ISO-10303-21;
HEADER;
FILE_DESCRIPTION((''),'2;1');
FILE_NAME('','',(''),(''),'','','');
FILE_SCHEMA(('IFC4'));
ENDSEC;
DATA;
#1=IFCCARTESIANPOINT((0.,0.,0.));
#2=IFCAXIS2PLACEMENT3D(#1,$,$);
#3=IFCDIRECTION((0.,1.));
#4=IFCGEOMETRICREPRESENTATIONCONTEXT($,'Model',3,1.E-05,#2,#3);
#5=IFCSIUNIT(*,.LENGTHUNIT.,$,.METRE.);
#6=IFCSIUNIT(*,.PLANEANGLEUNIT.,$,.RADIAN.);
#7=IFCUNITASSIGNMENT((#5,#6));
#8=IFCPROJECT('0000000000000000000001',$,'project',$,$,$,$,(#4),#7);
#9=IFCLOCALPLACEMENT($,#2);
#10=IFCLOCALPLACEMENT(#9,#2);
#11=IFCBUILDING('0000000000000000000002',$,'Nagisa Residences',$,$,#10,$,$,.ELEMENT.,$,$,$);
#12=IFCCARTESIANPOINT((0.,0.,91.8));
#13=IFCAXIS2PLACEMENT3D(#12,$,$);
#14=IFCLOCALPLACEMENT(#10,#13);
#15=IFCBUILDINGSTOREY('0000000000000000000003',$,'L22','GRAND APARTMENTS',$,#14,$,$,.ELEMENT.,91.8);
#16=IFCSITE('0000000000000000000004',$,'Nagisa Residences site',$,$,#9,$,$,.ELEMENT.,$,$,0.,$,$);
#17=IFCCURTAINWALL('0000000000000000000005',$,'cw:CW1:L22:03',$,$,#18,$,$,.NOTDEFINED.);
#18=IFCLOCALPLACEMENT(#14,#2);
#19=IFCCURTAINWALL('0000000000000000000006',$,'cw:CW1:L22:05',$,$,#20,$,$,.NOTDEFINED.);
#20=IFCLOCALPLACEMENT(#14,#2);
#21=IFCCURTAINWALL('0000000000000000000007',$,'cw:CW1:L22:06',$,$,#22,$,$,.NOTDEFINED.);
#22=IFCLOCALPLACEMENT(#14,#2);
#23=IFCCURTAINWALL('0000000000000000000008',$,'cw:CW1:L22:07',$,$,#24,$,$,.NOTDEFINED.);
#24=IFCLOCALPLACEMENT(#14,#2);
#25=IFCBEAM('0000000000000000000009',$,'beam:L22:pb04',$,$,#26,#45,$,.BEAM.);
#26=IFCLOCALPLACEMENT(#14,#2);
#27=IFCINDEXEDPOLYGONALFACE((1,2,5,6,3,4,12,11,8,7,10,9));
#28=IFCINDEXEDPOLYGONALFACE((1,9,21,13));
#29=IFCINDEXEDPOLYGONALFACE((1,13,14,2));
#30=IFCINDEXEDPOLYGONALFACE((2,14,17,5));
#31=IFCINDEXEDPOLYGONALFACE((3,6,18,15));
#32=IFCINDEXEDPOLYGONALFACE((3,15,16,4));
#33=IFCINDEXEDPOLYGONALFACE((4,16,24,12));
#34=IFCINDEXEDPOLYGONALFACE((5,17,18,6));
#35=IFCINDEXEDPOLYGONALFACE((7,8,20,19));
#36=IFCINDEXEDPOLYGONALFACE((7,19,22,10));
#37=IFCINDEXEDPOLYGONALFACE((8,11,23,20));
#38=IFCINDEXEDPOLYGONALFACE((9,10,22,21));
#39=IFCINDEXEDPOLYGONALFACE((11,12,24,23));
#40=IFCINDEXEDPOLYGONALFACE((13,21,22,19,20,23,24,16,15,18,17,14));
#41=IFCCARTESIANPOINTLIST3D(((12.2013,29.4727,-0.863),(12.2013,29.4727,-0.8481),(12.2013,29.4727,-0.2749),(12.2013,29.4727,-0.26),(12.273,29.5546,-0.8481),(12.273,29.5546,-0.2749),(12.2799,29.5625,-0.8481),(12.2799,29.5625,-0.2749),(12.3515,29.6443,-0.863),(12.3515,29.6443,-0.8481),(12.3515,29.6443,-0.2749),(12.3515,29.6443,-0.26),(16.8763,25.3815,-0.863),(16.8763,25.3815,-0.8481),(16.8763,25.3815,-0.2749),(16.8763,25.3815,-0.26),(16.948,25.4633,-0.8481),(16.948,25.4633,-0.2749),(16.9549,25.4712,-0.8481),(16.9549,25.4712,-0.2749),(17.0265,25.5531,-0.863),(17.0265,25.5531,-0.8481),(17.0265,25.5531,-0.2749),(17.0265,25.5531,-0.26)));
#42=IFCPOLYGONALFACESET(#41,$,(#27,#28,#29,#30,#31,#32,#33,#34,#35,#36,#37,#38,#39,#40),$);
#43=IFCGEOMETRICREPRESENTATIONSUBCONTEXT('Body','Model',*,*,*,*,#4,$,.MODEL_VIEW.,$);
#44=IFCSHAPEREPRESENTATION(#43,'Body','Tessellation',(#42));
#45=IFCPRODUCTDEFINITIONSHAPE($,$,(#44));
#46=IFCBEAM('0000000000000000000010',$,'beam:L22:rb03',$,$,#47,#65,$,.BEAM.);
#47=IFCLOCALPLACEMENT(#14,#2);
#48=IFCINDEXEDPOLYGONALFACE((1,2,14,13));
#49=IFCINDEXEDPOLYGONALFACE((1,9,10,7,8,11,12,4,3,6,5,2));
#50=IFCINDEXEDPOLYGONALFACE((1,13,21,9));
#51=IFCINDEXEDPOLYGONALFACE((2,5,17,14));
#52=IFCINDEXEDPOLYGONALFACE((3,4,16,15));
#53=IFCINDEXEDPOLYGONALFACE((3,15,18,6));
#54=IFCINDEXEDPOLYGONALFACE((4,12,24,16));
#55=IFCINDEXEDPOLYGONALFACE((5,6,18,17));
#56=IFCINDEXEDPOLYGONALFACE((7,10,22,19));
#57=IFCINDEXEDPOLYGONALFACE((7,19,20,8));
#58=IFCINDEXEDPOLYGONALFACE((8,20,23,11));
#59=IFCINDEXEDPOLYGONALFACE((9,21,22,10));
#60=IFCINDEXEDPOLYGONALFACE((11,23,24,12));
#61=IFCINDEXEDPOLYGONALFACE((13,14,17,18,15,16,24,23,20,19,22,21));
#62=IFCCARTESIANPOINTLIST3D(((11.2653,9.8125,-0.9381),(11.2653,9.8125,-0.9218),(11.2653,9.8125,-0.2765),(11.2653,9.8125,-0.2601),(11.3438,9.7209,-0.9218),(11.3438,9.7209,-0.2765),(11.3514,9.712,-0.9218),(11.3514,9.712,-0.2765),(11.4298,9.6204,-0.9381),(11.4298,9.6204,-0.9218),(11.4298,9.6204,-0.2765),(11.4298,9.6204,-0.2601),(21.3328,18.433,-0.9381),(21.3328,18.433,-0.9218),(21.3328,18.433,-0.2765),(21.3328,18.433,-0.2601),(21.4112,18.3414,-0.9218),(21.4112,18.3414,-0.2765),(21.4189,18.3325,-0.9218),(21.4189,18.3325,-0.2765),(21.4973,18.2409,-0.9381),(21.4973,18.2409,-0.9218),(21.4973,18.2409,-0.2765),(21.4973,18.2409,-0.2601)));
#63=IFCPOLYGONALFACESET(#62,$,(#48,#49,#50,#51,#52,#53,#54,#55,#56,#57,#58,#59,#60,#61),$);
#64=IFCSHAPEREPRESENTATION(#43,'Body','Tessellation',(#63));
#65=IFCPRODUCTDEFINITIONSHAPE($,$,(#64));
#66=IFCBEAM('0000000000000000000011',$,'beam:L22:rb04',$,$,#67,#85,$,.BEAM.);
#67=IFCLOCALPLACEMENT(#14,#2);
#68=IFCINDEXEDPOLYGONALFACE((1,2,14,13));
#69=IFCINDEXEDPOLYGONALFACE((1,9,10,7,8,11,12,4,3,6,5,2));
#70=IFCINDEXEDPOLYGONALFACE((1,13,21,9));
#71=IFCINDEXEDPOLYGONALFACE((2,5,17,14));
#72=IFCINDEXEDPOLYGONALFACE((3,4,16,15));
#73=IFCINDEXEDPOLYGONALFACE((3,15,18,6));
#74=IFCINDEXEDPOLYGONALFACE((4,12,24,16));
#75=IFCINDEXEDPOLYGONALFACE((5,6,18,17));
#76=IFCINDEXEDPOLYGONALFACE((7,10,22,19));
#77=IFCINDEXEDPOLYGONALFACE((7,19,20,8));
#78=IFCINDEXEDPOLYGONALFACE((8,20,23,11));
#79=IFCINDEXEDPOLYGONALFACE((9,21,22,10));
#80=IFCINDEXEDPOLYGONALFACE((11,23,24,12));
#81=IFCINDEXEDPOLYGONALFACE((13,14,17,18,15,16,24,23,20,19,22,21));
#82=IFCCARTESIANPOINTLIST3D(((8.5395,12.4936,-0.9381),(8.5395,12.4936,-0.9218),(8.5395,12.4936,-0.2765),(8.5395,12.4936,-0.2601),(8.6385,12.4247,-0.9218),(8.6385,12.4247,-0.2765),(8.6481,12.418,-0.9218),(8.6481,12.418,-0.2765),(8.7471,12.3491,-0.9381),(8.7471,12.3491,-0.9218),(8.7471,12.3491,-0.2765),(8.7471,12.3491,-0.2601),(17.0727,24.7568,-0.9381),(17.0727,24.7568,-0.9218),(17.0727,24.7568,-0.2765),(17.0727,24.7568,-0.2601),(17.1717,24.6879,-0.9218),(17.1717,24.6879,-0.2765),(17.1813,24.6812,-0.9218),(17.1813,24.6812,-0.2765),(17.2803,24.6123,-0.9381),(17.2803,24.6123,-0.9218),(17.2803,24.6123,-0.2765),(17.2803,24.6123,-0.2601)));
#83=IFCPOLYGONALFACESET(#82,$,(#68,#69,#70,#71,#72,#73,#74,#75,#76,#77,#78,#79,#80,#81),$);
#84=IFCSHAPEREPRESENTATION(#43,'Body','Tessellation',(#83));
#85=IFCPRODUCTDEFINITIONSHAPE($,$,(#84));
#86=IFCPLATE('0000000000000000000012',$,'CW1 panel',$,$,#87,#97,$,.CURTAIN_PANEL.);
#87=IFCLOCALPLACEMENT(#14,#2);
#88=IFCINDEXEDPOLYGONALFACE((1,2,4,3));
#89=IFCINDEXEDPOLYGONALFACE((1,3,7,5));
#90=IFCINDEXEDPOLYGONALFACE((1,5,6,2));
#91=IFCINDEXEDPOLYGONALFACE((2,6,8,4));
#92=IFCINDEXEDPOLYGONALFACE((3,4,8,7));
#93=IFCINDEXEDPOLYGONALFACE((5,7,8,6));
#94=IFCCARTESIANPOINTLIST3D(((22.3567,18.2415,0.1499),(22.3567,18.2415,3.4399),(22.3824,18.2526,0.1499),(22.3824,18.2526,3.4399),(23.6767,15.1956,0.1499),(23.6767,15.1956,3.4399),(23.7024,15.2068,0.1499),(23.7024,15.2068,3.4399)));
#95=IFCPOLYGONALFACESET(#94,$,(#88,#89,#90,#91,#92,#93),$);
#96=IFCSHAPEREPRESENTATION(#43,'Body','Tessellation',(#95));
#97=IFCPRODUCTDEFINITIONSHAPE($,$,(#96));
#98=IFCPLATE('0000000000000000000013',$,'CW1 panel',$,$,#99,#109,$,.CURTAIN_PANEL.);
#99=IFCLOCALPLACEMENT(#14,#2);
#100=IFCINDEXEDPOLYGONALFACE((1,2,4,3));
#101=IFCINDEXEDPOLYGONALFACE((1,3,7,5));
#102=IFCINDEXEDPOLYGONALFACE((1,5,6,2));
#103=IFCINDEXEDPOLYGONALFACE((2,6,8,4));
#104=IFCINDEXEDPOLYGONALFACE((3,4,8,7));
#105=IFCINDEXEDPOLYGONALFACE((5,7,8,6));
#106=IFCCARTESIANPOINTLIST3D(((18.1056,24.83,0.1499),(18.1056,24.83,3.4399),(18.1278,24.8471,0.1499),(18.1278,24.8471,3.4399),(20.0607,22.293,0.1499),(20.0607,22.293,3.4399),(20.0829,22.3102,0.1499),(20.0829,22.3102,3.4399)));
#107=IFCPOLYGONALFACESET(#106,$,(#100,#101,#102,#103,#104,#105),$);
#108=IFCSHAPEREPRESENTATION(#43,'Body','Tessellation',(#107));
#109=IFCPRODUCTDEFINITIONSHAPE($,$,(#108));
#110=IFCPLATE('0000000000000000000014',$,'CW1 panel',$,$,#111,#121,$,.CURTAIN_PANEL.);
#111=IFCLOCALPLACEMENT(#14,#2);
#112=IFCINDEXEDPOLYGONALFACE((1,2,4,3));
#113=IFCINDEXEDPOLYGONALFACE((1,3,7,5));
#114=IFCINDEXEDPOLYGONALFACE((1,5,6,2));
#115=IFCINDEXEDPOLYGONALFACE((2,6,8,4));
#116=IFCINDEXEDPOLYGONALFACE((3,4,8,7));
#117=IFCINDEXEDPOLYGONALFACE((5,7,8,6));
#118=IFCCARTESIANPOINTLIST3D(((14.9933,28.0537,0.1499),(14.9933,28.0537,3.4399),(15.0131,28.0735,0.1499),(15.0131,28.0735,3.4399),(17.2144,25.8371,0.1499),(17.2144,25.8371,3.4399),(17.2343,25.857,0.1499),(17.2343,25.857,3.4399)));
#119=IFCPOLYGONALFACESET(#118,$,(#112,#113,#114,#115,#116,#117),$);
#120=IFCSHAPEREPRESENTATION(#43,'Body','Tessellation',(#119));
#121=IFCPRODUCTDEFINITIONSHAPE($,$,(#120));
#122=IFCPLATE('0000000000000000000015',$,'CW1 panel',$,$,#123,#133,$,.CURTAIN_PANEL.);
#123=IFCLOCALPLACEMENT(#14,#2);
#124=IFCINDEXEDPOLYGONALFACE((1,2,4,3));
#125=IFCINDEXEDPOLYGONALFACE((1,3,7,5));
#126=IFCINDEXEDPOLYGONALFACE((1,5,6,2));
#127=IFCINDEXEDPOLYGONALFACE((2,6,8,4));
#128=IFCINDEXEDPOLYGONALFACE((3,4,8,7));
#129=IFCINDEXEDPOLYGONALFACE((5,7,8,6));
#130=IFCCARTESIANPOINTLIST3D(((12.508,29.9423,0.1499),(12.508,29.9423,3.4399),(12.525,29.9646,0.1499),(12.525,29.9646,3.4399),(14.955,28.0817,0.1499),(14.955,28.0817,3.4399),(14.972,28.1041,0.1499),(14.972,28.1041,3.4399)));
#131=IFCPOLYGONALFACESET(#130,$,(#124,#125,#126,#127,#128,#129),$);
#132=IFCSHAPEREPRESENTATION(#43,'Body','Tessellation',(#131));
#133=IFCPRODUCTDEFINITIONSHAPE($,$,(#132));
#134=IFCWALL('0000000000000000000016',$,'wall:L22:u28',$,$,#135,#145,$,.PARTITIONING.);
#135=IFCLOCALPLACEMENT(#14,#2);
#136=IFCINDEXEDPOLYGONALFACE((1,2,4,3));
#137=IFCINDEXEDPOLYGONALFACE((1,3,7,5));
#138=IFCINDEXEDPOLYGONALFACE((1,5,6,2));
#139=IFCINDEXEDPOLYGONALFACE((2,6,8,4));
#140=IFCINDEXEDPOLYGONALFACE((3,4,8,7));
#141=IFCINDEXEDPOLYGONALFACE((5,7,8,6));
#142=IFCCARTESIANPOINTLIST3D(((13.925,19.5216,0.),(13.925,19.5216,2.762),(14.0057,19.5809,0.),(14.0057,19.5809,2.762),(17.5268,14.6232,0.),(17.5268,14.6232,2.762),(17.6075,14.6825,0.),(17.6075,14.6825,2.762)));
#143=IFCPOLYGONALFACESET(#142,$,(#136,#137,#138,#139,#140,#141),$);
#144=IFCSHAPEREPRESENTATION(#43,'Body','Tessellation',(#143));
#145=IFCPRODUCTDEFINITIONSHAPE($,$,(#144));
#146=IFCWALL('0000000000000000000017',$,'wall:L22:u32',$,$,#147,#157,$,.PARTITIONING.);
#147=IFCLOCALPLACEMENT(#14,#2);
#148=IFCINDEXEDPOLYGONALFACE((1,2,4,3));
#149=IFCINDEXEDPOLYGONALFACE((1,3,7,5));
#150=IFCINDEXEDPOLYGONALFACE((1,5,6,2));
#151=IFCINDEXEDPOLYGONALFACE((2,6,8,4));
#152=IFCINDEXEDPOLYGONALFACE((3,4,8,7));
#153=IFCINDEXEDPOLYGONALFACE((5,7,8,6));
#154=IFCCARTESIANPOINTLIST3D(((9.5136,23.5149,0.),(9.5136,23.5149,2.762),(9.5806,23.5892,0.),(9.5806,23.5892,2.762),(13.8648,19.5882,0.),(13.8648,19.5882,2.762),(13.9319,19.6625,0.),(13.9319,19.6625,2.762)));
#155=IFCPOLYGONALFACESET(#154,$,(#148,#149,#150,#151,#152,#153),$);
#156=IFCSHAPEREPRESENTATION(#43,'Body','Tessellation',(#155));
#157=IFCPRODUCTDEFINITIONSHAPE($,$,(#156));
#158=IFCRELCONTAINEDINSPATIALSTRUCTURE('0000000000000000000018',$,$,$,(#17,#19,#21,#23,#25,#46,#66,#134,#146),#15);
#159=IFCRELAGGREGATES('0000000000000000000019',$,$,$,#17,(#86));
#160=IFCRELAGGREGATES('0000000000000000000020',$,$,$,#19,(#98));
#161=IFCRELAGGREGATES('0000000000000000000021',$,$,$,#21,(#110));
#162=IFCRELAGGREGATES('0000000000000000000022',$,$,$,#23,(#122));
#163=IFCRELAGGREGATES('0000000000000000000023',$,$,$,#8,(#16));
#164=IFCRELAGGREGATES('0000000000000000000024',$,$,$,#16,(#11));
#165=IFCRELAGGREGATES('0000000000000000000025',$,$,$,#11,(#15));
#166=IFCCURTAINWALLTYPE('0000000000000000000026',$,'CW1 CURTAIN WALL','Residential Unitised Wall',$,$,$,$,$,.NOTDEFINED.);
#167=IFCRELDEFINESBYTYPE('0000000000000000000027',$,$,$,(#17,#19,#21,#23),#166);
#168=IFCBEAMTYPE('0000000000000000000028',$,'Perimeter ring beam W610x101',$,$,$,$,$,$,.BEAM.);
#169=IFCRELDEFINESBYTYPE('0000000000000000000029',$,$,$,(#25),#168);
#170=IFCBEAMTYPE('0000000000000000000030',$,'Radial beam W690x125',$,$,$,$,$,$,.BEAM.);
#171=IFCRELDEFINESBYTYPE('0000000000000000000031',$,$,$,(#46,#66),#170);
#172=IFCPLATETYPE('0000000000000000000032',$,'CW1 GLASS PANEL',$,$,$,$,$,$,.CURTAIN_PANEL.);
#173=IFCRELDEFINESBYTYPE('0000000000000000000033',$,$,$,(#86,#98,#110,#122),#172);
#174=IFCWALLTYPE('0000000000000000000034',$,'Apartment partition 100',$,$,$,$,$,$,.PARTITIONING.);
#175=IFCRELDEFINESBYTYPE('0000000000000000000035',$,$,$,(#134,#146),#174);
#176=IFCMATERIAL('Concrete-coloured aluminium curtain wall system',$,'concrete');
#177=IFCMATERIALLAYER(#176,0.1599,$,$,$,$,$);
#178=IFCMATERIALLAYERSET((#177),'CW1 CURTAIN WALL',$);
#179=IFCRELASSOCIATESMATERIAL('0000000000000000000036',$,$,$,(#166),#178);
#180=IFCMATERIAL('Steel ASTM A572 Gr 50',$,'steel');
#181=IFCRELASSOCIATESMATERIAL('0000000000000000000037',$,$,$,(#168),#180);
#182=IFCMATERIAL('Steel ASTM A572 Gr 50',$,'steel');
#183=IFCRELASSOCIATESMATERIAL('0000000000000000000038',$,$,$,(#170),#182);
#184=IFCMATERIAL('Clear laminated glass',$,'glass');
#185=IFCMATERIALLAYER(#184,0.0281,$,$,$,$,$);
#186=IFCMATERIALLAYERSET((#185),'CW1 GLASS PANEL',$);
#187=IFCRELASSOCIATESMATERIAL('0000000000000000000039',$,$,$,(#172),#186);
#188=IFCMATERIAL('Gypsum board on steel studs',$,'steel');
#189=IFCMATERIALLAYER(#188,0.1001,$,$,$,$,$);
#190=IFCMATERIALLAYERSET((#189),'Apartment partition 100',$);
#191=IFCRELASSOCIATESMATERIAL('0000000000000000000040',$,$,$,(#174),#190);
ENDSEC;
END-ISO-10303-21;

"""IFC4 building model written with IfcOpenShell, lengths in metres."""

from ifc_helpers import new_model, si_unit, direction, frame, frame_2d, origin, origin_2d, place, context, subcontext, project, spatial, rectangle, i_section, extrude, material, layer, layer_set, material_profile, profile_set, type_object, element, aggregate, save


model = new_model("IFC4")

# Units and contexts
model_context = context("Model", 3, precision=1e-05, world=origin(), true_north=direction((0.0, 1.0)))
body_context = subcontext(model_context, "Body", "Model", "MODEL_VIEW")
ifc_project = project(units=[si_unit("LENGTHUNIT", "METRE"), si_unit("PLANEANGLEUNIT", "RADIAN")], contexts=[model_context])

# Site, building, storey
site_placement = place(None, origin())
site = spatial("IfcSite", under=ifc_project, at=site_placement, Name="Nagisa Residences site", CompositionType="ELEMENT", RefElevation=0.0)
building_placement = place(site_placement, origin())
building = spatial("IfcBuilding", under=site, at=building_placement, Name="Nagisa Residences", CompositionType="ELEMENT")
storey_placement = place(building_placement, frame((0.0, 0.0, 91.8)))
storey = spatial("IfcBuildingStorey", under=building, at=storey_placement, Name="L22", Description="GRAND APARTMENTS", CompositionType="ELEMENT", Elevation=91.8)

# Curtain walls
ifc_material_1 = material(Name="Concrete-coloured aluminium curtain wall system", Category="concrete")
ifc_layer_1 = layer(ifc_material_1, 0.1599)
ifc_layer_set_1 = layer_set([ifc_layer_1], Name="CW1 CURTAIN WALL")
curtain_wall_type = type_object("IfcCurtainWallType", Name="CW1 CURTAIN WALL", Description="Residential Unitised Wall", PredefinedType="NOTDEFINED", material=ifc_layer_set_1)
curtain_wall_1_placement = place(storey_placement, origin())
curtain_wall_1 = element("IfcCurtainWall", 1, at=curtain_wall_1_placement, inside=storey, type_object=curtain_wall_type, Name="cw:CW1:L22:03", PredefinedType="NOTDEFINED")
curtain_wall_2_placement = place(storey_placement, origin())
curtain_wall_2 = element("IfcCurtainWall", 2, at=curtain_wall_2_placement, inside=storey, type_object=curtain_wall_type, Name="cw:CW1:L22:05", PredefinedType="NOTDEFINED")
curtain_wall_3_placement = place(storey_placement, origin())
curtain_wall_3 = element("IfcCurtainWall", 3, at=curtain_wall_3_placement, inside=storey, type_object=curtain_wall_type, Name="cw:CW1:L22:06", PredefinedType="NOTDEFINED")
curtain_wall_4_placement = place(storey_placement, origin())
curtain_wall_4 = element("IfcCurtainWall", 4, at=curtain_wall_4_placement, inside=storey, type_object=curtain_wall_type, Name="cw:CW1:L22:07", PredefinedType="NOTDEFINED")

# Beams
ifc_material_2 = material(Name="Steel ASTM A572 Gr 50", Category="steel")
ifc_material_profile_1 = material_profile(ifc_material_2, i_section(OverallWidth=0.228, OverallDepth=0.603, WebThickness=0.0105, FlangeThickness=0.0149, at=origin_2d()), Name="W610x101")
ifc_profile_set_1 = profile_set([ifc_material_profile_1], Name="Steel ASTM A572 Gr 50")
beam_type_1 = type_object("IfcBeamType", Name="Perimeter ring beam W610x101", PredefinedType="BEAM", material=ifc_profile_set_1)
beam_1_placement = place(storey_placement, frame((16.9514, 25.4673, -0.5615), z_axis=(-0.752526, 0.658563, 0.0), x_axis=(-0.658563, -0.752526, 0.0)))
element("IfcBeam", 5, at=beam_1_placement, inside=storey, type_object=beam_type_1, Name="beam:L22:pb04", PredefinedType="BEAM", context=body_context, shape_type="SweptSolid", body=[
    extrude(i_section(OverallWidth=0.228, OverallDepth=0.603, WebThickness=0.0105, FlangeThickness=0.0149, at=origin_2d()), origin(), (0.0, 0.0, 1.0), 6.2124),
])
ifc_material_3 = material(Name="Steel ASTM A572 Gr 50", Category="steel")
ifc_material_profile_2 = material_profile(ifc_material_3, i_section(OverallWidth=0.2529, OverallDepth=0.678, WebThickness=0.0117, FlangeThickness=0.0164, at=origin_2d()), Name="W690x125")
ifc_profile_set_2 = profile_set([ifc_material_profile_2], Name="Steel ASTM A572 Gr 50")
beam_type_2 = type_object("IfcBeamType", Name="Radial beam W690x125", PredefinedType="BEAM", material=ifc_profile_set_2)
beam_2_placement = place(storey_placement, frame((21.415, 18.3369, -0.5991), z_axis=(-0.759585, -0.650407, 0.0), x_axis=(0.650407, -0.759585, 0.0)))
element("IfcBeam", 6, at=beam_2_placement, inside=storey, type_object=beam_type_2, Name="beam:L22:rb03", PredefinedType="BEAM", context=body_context, shape_type="SweptSolid", body=[
    extrude(i_section(OverallWidth=0.2529, OverallDepth=0.678, WebThickness=0.0117, FlangeThickness=0.0164, at=origin_2d()), origin(), (0.0, 0.0, 1.0), 13.2539),
])
beam_3_placement = place(storey_placement, frame((17.1765, 24.6846, -0.5991), z_axis=(-0.571168, -0.820833, 0.0), x_axis=(0.820833, -0.571168, 0.0)))
element("IfcBeam", 7, at=beam_3_placement, inside=storey, type_object=beam_type_2, Name="beam:L22:rb04", PredefinedType="BEAM", context=body_context, shape_type="SweptSolid", body=[
    extrude(i_section(OverallWidth=0.2529, OverallDepth=0.678, WebThickness=0.0117, FlangeThickness=0.0164, at=origin_2d()), origin(), (0.0, 0.0, 1.0), 14.9399),
])

# Plates
ifc_material_4 = material(Name="Clear laminated glass", Category="glass")
ifc_layer_2 = layer(ifc_material_4, 0.0281)
ifc_layer_set_2 = layer_set([ifc_layer_2], Name="CW1 GLASS PANEL")
plate_type = type_object("IfcPlateType", Name="CW1 GLASS PANEL", PredefinedType="CURTAIN_PANEL", material=ifc_layer_set_2)
plate_1_placement = place(storey_placement, frame((23.0295, 16.7241, 0.1499), z_axis=(0.0, 0.0, 1.0), x_axis=(-0.397636, 0.917543, 0.0)))
plate_1 = element("IfcPlate", 8, at=plate_1_placement, type_object=plate_type, Name="CW1 panel", PredefinedType="CURTAIN_PANEL", context=body_context, shape_type="SweptSolid", body=[
    extrude(rectangle(XDim=3.3196, YDim=0.0281, at=origin_2d()), origin(), (0.0, 0.0, 1.0), 3.29),
])
aggregate(curtain_wall_1, [plate_1])
plate_2_placement = place(storey_placement, frame((19.0942, 23.5701, 0.1499), z_axis=(0.0, 0.0, 1.0), x_axis=(-0.61043, 0.79207, 0.0)))
plate_2 = element("IfcPlate", 9, at=plate_2_placement, type_object=plate_type, Name="CW1 panel", PredefinedType="CURTAIN_PANEL", context=body_context, shape_type="SweptSolid", body=[
    extrude(rectangle(XDim=3.2029, YDim=0.0281, at=origin_2d()), origin(), (0.0, 0.0, 1.0), 3.29),
])
aggregate(curtain_wall_2, [plate_2])
plate_3_placement = place(storey_placement, frame((16.1138, 26.9553, 0.1499), z_axis=(0.0, 0.0, 1.0), x_axis=(-0.707836, 0.706377, 0.0)))
plate_3 = element("IfcPlate", 10, at=plate_3_placement, type_object=plate_type, Name="CW1 panel", PredefinedType="CURTAIN_PANEL", context=body_context, shape_type="SweptSolid", body=[
    extrude(rectangle(XDim=3.1379, YDim=0.0281, at=origin_2d()), origin(), (0.0, 0.0, 1.0), 3.29),
])
aggregate(curtain_wall_3, [plate_3])
plate_4_placement = place(storey_placement, frame((13.74, 29.0232, 0.1499), z_axis=(0.0, 0.0, 1.0), x_axis=(-0.796031, 0.605255, 0.0)))
plate_4 = element("IfcPlate", 11, at=plate_4_placement, type_object=plate_type, Name="CW1 panel", PredefinedType="CURTAIN_PANEL", context=body_context, shape_type="SweptSolid", body=[
    extrude(rectangle(XDim=3.074, YDim=0.0281, at=origin_2d()), origin(), (0.0, 0.0, 1.0), 3.29),
])
aggregate(curtain_wall_4, [plate_4])

# Walls
ifc_material_5 = material(Name="Gypsum board on steel studs", Category="steel")
ifc_layer_3 = layer(ifc_material_5, 0.1001)
ifc_layer_set_3 = layer_set([ifc_layer_3], Name="Apartment partition 100")
wall_type_1 = type_object("IfcWallType", Name="Apartment partition 100", PredefinedType="PARTITIONING", material=ifc_layer_set_3)
wall_1_placement = place(storey_placement, frame((17.5671, 14.6528, 0.0), z_axis=(0.0, 0.0, 1.0), x_axis=(-0.592392, 0.80565, 0.0)))
element("IfcWall", 12, at=wall_1_placement, inside=storey, type_object=wall_type_1, Name="wall:L22:u28", PredefinedType="PARTITIONING", context=body_context, shape_type="SweptSolid", body=[
    extrude(rectangle(XDim=6.0801, YDim=0.1001, at=frame_2d((3.04, 0.0))), origin(), (0.0, 0.0, 1.0), 2.762),
])
wall_2_placement = place(storey_placement, frame((13.8984, 19.6252, 0.0), z_axis=(0.0, 0.0, 1.0), x_axis=(-0.742397, 0.669961, 0.0)))
element("IfcWall", 13, at=wall_2_placement, inside=storey, type_object=wall_type_1, Name="wall:L22:u32", PredefinedType="PARTITIONING", context=body_context, shape_type="SweptSolid", body=[
    extrude(rectangle(XDim=5.8611, YDim=0.1001, at=frame_2d((2.9307, 0.0))), origin(), (0.0, 0.0, 1.0), 2.762),
])

save(model, "model.ifc")
